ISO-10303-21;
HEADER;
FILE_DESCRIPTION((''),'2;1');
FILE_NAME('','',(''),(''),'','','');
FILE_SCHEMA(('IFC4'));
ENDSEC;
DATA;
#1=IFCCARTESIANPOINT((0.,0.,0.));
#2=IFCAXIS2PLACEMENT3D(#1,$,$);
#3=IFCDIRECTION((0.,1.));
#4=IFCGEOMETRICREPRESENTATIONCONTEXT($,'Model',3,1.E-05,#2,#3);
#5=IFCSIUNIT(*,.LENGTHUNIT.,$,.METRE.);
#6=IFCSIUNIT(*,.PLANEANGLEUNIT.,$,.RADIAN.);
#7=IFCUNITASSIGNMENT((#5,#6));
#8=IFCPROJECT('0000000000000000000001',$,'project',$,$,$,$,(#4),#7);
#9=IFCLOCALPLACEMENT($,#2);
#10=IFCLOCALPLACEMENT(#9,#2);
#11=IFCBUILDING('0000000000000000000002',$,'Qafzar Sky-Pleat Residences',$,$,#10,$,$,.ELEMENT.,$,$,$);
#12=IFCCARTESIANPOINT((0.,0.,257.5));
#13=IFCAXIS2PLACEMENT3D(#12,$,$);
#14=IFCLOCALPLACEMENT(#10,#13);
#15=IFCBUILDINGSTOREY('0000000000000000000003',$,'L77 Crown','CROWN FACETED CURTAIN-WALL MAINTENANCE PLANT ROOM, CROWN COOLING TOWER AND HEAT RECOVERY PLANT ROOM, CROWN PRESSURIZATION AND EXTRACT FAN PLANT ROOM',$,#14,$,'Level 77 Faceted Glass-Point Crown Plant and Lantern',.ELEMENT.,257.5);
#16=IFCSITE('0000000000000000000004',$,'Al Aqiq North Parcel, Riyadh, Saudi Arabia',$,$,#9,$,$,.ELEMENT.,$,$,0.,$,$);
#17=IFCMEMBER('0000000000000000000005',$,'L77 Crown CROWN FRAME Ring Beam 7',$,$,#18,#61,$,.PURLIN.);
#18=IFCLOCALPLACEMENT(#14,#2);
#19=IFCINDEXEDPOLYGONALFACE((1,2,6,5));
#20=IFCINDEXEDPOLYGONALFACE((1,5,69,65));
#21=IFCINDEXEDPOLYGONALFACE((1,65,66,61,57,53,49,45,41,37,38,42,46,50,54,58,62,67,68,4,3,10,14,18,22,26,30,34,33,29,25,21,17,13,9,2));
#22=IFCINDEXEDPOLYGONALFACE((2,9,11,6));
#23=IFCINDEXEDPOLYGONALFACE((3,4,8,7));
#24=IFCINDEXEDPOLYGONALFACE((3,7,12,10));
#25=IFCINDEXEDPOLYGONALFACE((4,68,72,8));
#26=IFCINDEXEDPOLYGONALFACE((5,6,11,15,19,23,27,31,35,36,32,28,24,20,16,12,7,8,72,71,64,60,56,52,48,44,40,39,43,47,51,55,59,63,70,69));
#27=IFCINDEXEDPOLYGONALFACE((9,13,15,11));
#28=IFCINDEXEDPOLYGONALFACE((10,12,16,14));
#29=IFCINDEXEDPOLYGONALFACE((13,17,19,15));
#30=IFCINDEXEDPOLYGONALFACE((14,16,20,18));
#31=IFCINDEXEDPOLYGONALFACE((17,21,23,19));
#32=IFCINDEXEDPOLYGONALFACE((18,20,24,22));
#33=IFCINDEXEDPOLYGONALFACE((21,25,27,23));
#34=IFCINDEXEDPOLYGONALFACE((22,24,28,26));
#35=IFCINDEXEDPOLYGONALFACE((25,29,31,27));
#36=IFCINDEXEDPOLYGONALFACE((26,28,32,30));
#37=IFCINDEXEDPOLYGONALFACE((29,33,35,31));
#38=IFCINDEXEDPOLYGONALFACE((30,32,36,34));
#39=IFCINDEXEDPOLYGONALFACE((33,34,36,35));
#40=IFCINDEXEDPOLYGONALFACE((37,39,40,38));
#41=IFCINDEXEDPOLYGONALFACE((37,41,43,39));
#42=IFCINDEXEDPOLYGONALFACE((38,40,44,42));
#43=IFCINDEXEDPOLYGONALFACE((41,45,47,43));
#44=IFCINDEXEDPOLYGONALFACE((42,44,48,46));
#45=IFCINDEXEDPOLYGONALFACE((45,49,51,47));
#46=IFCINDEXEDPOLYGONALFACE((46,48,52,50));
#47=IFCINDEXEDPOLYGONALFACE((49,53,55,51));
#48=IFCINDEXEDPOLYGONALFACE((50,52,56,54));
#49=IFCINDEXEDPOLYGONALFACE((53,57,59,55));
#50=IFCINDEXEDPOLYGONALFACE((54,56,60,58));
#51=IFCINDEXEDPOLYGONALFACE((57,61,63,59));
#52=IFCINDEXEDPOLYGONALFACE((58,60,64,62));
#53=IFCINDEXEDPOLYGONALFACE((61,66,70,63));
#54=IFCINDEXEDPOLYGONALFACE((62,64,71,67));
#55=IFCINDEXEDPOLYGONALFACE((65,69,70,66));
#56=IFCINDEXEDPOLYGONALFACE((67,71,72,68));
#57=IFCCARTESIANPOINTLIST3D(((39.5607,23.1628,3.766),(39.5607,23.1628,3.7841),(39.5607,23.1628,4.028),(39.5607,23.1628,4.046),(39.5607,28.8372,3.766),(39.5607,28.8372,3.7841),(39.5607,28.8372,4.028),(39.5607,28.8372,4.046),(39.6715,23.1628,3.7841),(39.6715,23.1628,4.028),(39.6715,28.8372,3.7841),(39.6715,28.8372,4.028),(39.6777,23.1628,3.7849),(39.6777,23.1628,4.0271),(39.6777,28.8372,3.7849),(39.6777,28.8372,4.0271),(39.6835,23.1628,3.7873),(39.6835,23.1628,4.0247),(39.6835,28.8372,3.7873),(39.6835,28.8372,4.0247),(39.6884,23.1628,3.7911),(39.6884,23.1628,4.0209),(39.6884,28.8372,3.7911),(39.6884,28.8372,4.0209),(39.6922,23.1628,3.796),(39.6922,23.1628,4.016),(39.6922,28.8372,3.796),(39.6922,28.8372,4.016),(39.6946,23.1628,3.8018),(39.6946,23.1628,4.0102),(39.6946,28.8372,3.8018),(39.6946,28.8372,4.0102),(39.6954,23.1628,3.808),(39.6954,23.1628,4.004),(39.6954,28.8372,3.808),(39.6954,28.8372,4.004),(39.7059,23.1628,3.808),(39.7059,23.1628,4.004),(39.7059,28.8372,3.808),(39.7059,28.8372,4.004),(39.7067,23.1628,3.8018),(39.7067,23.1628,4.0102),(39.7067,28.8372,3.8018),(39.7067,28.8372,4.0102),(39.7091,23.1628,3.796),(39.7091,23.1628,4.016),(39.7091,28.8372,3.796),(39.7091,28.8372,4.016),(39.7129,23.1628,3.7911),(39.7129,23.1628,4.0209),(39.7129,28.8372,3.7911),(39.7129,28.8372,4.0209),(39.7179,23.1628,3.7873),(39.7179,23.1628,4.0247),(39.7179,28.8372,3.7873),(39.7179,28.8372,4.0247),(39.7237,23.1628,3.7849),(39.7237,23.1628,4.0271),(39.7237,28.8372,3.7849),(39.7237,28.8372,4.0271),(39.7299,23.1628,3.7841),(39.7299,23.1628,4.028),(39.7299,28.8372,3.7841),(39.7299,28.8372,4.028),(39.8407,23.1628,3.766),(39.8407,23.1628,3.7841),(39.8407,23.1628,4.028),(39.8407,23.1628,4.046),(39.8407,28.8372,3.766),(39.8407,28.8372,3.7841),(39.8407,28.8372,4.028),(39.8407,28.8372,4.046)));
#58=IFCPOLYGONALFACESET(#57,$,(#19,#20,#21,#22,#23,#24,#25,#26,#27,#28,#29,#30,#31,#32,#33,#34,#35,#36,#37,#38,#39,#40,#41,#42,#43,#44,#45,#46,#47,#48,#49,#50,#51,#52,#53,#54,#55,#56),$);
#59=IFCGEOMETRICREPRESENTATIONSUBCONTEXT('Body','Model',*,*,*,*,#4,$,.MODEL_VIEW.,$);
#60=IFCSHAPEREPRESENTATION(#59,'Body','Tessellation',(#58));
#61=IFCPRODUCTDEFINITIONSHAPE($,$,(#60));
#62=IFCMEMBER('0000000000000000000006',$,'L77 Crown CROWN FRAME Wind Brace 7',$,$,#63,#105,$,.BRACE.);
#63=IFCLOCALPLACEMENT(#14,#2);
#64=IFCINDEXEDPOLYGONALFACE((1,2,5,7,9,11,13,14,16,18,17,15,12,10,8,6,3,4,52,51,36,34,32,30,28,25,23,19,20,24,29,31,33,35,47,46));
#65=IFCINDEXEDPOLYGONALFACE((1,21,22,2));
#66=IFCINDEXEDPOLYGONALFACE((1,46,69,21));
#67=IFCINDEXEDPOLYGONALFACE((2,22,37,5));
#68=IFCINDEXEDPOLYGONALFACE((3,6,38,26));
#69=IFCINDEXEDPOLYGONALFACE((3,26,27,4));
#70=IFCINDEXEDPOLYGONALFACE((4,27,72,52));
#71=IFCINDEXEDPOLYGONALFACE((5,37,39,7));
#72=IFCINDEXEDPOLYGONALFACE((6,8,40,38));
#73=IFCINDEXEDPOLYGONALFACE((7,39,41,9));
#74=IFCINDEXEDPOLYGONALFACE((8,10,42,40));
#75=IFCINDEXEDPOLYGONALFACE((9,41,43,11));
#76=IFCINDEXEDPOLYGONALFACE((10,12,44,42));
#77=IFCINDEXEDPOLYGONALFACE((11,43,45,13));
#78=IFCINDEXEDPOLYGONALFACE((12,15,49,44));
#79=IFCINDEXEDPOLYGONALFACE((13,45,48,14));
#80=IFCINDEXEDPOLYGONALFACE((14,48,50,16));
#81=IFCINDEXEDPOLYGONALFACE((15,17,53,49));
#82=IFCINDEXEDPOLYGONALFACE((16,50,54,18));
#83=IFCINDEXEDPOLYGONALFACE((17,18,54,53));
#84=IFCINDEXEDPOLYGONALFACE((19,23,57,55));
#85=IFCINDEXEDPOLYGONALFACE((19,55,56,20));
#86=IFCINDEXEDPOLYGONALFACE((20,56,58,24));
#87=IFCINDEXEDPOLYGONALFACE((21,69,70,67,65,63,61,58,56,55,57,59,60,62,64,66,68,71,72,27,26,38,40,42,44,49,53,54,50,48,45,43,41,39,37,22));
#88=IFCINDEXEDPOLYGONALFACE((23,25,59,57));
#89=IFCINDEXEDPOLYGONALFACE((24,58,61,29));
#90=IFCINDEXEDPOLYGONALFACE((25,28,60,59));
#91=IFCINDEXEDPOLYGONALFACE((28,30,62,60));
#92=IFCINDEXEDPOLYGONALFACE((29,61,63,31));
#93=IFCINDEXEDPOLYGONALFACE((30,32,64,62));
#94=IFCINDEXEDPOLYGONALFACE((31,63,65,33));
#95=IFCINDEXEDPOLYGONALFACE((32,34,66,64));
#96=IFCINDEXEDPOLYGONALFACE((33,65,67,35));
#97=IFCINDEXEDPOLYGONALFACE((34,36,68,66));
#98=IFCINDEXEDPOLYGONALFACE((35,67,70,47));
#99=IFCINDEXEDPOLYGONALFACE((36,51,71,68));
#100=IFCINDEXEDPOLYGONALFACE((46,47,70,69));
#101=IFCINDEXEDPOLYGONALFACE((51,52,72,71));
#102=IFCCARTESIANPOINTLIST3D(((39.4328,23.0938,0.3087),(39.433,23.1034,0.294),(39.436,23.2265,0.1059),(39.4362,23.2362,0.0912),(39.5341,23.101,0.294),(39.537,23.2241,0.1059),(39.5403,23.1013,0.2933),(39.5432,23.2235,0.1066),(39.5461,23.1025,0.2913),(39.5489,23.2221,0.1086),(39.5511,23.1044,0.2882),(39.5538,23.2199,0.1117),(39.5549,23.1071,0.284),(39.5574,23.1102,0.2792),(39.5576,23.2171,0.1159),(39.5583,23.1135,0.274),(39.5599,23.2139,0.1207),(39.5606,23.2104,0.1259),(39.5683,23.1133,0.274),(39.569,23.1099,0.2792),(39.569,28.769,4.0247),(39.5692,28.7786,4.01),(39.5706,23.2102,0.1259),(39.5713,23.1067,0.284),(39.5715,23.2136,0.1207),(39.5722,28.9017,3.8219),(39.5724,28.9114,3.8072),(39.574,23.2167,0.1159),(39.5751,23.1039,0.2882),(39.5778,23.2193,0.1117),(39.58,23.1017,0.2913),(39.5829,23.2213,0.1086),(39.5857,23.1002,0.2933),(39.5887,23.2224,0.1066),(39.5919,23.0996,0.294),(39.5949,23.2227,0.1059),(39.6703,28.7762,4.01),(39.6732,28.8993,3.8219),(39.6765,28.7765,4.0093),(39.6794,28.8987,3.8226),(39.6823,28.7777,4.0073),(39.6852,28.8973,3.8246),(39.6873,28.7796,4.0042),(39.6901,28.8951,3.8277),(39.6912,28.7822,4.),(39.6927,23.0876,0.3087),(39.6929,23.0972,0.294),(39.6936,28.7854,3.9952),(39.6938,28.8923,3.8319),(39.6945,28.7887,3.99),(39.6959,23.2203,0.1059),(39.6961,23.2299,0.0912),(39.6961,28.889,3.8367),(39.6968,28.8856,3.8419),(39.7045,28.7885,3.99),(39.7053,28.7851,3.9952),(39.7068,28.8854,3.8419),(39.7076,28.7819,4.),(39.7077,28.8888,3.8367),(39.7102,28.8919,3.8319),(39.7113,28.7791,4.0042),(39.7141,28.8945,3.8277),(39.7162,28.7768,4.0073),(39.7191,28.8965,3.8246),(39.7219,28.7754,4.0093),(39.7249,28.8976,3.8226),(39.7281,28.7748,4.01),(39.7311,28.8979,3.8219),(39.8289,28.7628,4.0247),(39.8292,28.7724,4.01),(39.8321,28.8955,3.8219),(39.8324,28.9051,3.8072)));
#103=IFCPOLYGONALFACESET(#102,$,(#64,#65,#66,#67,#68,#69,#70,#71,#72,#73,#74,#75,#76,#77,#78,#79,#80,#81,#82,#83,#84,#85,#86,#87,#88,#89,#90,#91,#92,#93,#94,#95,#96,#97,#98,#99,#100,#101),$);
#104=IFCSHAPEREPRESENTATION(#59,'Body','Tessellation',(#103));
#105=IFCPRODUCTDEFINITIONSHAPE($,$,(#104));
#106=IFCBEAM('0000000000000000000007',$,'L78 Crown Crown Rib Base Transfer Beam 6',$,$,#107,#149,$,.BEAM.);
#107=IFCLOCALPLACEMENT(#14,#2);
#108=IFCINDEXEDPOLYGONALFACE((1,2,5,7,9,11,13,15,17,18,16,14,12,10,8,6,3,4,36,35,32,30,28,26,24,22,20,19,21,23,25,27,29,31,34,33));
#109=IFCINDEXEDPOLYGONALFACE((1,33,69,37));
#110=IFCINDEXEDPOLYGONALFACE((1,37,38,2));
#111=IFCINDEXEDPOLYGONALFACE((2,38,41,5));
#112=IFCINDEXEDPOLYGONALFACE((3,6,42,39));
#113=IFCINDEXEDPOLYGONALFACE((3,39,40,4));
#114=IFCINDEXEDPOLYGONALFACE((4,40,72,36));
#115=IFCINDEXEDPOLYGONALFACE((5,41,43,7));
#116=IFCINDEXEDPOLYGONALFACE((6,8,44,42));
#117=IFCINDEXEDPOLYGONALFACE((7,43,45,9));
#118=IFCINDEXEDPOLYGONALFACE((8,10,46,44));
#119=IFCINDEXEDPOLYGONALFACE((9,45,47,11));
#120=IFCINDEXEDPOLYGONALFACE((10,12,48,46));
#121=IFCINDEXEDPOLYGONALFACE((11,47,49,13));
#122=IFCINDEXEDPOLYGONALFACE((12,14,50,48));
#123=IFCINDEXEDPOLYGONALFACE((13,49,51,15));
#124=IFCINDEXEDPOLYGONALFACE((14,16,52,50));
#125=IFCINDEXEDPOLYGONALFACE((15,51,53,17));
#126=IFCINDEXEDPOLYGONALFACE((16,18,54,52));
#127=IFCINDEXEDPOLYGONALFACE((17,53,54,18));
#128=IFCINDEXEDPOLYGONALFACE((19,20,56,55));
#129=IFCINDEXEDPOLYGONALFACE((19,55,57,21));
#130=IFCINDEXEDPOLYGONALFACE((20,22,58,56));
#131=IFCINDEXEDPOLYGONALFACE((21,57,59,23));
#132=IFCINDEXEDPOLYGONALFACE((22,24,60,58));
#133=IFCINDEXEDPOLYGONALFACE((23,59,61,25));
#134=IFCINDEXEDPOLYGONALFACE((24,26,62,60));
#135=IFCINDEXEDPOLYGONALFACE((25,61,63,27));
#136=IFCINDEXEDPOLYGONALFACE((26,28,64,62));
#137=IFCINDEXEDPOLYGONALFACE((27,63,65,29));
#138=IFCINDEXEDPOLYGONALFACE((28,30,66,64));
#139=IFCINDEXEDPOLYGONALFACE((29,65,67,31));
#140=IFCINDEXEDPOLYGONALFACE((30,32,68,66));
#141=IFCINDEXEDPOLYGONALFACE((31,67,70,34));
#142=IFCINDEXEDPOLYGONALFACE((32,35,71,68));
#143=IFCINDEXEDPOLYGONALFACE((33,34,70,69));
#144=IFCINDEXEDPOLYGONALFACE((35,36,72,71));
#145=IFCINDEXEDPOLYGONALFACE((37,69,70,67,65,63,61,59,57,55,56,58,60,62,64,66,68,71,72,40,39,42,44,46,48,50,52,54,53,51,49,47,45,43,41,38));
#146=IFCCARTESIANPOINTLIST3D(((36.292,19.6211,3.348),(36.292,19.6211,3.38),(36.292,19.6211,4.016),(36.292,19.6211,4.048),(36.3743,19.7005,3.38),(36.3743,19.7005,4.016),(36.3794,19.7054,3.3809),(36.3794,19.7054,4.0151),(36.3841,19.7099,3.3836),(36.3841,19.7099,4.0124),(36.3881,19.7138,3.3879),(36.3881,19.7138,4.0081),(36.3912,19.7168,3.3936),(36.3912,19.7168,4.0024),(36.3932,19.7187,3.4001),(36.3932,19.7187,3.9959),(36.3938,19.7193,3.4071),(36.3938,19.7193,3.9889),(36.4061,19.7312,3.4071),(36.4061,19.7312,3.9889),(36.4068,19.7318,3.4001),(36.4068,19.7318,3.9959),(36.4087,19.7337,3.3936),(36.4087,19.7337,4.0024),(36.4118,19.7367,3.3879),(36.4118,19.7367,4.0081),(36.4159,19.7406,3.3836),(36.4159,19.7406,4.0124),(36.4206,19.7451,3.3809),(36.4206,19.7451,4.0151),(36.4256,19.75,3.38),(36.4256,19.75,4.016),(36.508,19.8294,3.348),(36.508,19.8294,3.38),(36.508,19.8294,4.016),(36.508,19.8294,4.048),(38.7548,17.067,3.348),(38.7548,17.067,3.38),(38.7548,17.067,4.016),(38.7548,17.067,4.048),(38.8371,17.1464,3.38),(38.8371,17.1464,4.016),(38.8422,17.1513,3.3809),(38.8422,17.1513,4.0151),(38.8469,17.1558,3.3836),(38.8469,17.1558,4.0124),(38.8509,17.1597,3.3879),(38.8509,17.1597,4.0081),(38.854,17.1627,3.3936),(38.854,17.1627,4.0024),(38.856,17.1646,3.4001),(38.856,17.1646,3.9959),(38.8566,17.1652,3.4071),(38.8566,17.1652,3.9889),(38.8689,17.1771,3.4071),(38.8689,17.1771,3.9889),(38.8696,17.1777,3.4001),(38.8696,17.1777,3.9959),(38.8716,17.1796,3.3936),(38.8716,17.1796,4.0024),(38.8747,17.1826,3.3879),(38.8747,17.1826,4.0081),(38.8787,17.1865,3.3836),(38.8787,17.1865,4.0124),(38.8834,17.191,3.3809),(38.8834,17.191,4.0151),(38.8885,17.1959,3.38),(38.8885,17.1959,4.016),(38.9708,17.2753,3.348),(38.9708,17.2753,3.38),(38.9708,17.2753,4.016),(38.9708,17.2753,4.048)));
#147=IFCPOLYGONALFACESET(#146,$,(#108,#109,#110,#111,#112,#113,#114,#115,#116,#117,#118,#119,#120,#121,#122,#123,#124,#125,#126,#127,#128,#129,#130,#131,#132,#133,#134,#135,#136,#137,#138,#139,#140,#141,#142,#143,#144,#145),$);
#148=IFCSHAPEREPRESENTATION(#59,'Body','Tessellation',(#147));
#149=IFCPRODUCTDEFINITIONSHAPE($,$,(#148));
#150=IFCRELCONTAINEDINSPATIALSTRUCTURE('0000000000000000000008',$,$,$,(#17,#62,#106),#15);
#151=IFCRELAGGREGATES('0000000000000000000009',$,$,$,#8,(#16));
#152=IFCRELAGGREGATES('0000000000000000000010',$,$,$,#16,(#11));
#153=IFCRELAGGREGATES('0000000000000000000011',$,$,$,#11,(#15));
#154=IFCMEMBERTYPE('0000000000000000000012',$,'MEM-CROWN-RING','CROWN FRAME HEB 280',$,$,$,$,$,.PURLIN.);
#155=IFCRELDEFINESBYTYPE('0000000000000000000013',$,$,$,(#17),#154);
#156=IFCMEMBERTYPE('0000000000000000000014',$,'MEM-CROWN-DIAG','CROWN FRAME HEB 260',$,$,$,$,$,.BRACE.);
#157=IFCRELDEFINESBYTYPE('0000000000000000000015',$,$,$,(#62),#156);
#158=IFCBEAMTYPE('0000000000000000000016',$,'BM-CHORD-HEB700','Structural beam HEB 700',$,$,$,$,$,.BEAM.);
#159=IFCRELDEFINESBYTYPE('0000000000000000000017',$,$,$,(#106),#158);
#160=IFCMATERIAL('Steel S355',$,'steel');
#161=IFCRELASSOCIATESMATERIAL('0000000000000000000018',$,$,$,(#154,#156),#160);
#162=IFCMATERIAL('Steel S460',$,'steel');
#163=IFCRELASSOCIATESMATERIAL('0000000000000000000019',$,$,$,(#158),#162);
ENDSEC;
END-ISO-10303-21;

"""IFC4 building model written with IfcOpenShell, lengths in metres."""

from ifc_helpers import new_model, si_unit, direction, frame, origin, origin_2d, place, context, subcontext, project, spatial, i_section, extrude, source, transform, mapped, material, material_profile, profile_set, type_object, element, save


model = new_model("IFC4")

# Units and contexts
model_context = context("Model", 3, precision=1e-05, world=origin(), true_north=direction((0.0, 1.0)))
body_context = subcontext(model_context, "Body", "Model", "MODEL_VIEW")
ifc_project = project(units=[si_unit("LENGTHUNIT", "METRE"), si_unit("PLANEANGLEUNIT", "RADIAN")], contexts=[model_context])

# Site, building, storey
site_placement = place(None, origin())
site = spatial("IfcSite", under=ifc_project, at=site_placement, Name="Al Aqiq North Parcel, Riyadh, Saudi Arabia", CompositionType="ELEMENT", RefElevation=0.0)
building_placement = place(site_placement, origin())
building = spatial("IfcBuilding", under=site, at=building_placement, Name="Qafzar Sky-Pleat Residences", CompositionType="ELEMENT")
storey_placement = place(building_placement, frame((0.0, 0.0, 257.5)))
storey = spatial("IfcBuildingStorey", under=building, at=storey_placement, Name="L77 Crown", Description="CROWN FACETED CURTAIN-WALL MAINTENANCE PLANT ROOM, CROWN COOLING TOWER AND HEAT RECOVERY PLANT ROOM, CROWN PRESSURIZATION AND EXTRACT FAN PLANT ROOM", LongName="Level 77 Faceted Glass-Point Crown Plant and Lantern", CompositionType="ELEMENT", Elevation=257.5)

# Members
ifc_material_1 = material(Name="Steel S460", Category="steel")
ifc_material_2 = material(Name="Steel S355", Category="steel")
ifc_material_profile_1 = material_profile(ifc_material_2, i_section(OverallWidth=0.28, OverallDepth=0.28, WebThickness=0.0105, FlangeThickness=0.0181, FilletRadius=0.0239, at=origin_2d()), Name="HEB 280")
ifc_profile_set_1 = profile_set([ifc_material_profile_1], Name="Steel S355")
member_type_1 = type_object("IfcMemberType", Name="MEM-CROWN-RING", Description="CROWN FRAME HEB 280", PredefinedType="PURLIN", material=ifc_profile_set_1)
shared_shape_1 = source(origin(), body_context, "Body", "SweptSolid", [
    extrude(i_section(OverallWidth=0.28, OverallDepth=0.28, WebThickness=0.0105, FlangeThickness=0.0181, FilletRadius=0.0239, at=origin_2d()), origin(), (0.0, 0.0, 1.0), 5.6743),
])
member_1_placement = place(storey_placement, frame((39.7007, 23.1628, 3.906), z_axis=(0.0, 1.0, 0.0), x_axis=(-1.0, 0.0, 0.0)))
element("IfcMember", 1, at=member_1_placement, inside=storey, type_object=member_type_1, Name="L77 Crown CROWN FRAME Ring Beam 7", PredefinedType="PURLIN", context=body_context, shape_type="MappedRepresentation", body=[
    mapped(shared_shape_1, transform((0.0, 0.0, 0.0), x_axis=(1.0, 0.0, 0.0), y_axis=(0.0, 1.0, 0.0), z_axis=(0.0, 0.0, 1.0), scale=1.0)),
])
ifc_material_profile_2 = material_profile(ifc_material_2, i_section(OverallWidth=0.26, OverallDepth=0.26, WebThickness=0.01, FlangeThickness=0.0176, FilletRadius=0.0239, at=origin_2d()), Name="HEB 260")
ifc_profile_set_2 = profile_set([ifc_material_profile_2], Name="Steel S355")
member_type_2 = type_object("IfcMemberType", Name="MEM-CROWN-DIAG", Description="CROWN FRAME HEB 260", PredefinedType="BRACE", material=ifc_profile_set_2)
shared_shape_2 = source(origin(), body_context, "Body", "SweptSolid", [
    extrude(i_section(OverallWidth=0.26, OverallDepth=0.26, WebThickness=0.01, FlangeThickness=0.0176, FilletRadius=0.0239, at=origin_2d()), origin(), (0.0, 0.0, 1.0), 6.7849),
])
member_2_placement = place(storey_placement, frame((39.5645, 23.1619, 0.2), z_axis=(0.020078, 0.836443, 0.547686), x_axis=(-0.999712, 0.023997, 0.0)))
element("IfcMember", 2, at=member_2_placement, inside=storey, type_object=member_type_2, Name="L77 Crown CROWN FRAME Wind Brace 7", PredefinedType="BRACE", context=body_context, shape_type="MappedRepresentation", body=[
    mapped(shared_shape_2, transform((0.0, 0.0, 0.0), x_axis=(1.0, 0.0, 0.0), y_axis=(0.0, 1.0, 0.0), z_axis=(0.0, 0.0, 1.0), scale=1.0)),
])

# Beam
ifc_material_profile_3 = material_profile(ifc_material_1, i_section(OverallWidth=0.3, OverallDepth=0.7, WebThickness=0.0171, FlangeThickness=0.032, FilletRadius=0.0271, at=origin_2d()), Name="HEB 700")
ifc_profile_set_3 = profile_set([ifc_material_profile_3], Name="Steel S460")
beam_type = type_object("IfcBeamType", Name="BM-CHORD-HEB700", Description="Structural beam HEB 700", PredefinedType="BEAM", material=ifc_profile_set_3)
shared_shape_3 = source(origin(), body_context, "Body", "SweptSolid", [
    extrude(i_section(OverallWidth=0.3, OverallDepth=0.7, WebThickness=0.0171, FlangeThickness=0.032, FilletRadius=0.0271, at=origin_2d()), origin(), (0.0, 0.0, 1.0), 3.5481),
])
beam_1_placement = place(storey_placement, frame((38.8628, 17.1711, 3.698), z_axis=(-0.694123, 0.719857, 0.0), x_axis=(-0.719857, -0.694123, 0.0)))
element("IfcBeam", 3, at=beam_1_placement, inside=storey, type_object=beam_type, Name="L78 Crown Crown Rib Base Transfer Beam 6", PredefinedType="BEAM", context=body_context, shape_type="MappedRepresentation", body=[
    mapped(shared_shape_3, transform((0.0, 0.0, 0.0), x_axis=(1.0, 0.0, 0.0), y_axis=(0.0, 1.0, 0.0), z_axis=(0.0, 0.0, 1.0), scale=1.0)),
])

save(model, "model.ifc")
